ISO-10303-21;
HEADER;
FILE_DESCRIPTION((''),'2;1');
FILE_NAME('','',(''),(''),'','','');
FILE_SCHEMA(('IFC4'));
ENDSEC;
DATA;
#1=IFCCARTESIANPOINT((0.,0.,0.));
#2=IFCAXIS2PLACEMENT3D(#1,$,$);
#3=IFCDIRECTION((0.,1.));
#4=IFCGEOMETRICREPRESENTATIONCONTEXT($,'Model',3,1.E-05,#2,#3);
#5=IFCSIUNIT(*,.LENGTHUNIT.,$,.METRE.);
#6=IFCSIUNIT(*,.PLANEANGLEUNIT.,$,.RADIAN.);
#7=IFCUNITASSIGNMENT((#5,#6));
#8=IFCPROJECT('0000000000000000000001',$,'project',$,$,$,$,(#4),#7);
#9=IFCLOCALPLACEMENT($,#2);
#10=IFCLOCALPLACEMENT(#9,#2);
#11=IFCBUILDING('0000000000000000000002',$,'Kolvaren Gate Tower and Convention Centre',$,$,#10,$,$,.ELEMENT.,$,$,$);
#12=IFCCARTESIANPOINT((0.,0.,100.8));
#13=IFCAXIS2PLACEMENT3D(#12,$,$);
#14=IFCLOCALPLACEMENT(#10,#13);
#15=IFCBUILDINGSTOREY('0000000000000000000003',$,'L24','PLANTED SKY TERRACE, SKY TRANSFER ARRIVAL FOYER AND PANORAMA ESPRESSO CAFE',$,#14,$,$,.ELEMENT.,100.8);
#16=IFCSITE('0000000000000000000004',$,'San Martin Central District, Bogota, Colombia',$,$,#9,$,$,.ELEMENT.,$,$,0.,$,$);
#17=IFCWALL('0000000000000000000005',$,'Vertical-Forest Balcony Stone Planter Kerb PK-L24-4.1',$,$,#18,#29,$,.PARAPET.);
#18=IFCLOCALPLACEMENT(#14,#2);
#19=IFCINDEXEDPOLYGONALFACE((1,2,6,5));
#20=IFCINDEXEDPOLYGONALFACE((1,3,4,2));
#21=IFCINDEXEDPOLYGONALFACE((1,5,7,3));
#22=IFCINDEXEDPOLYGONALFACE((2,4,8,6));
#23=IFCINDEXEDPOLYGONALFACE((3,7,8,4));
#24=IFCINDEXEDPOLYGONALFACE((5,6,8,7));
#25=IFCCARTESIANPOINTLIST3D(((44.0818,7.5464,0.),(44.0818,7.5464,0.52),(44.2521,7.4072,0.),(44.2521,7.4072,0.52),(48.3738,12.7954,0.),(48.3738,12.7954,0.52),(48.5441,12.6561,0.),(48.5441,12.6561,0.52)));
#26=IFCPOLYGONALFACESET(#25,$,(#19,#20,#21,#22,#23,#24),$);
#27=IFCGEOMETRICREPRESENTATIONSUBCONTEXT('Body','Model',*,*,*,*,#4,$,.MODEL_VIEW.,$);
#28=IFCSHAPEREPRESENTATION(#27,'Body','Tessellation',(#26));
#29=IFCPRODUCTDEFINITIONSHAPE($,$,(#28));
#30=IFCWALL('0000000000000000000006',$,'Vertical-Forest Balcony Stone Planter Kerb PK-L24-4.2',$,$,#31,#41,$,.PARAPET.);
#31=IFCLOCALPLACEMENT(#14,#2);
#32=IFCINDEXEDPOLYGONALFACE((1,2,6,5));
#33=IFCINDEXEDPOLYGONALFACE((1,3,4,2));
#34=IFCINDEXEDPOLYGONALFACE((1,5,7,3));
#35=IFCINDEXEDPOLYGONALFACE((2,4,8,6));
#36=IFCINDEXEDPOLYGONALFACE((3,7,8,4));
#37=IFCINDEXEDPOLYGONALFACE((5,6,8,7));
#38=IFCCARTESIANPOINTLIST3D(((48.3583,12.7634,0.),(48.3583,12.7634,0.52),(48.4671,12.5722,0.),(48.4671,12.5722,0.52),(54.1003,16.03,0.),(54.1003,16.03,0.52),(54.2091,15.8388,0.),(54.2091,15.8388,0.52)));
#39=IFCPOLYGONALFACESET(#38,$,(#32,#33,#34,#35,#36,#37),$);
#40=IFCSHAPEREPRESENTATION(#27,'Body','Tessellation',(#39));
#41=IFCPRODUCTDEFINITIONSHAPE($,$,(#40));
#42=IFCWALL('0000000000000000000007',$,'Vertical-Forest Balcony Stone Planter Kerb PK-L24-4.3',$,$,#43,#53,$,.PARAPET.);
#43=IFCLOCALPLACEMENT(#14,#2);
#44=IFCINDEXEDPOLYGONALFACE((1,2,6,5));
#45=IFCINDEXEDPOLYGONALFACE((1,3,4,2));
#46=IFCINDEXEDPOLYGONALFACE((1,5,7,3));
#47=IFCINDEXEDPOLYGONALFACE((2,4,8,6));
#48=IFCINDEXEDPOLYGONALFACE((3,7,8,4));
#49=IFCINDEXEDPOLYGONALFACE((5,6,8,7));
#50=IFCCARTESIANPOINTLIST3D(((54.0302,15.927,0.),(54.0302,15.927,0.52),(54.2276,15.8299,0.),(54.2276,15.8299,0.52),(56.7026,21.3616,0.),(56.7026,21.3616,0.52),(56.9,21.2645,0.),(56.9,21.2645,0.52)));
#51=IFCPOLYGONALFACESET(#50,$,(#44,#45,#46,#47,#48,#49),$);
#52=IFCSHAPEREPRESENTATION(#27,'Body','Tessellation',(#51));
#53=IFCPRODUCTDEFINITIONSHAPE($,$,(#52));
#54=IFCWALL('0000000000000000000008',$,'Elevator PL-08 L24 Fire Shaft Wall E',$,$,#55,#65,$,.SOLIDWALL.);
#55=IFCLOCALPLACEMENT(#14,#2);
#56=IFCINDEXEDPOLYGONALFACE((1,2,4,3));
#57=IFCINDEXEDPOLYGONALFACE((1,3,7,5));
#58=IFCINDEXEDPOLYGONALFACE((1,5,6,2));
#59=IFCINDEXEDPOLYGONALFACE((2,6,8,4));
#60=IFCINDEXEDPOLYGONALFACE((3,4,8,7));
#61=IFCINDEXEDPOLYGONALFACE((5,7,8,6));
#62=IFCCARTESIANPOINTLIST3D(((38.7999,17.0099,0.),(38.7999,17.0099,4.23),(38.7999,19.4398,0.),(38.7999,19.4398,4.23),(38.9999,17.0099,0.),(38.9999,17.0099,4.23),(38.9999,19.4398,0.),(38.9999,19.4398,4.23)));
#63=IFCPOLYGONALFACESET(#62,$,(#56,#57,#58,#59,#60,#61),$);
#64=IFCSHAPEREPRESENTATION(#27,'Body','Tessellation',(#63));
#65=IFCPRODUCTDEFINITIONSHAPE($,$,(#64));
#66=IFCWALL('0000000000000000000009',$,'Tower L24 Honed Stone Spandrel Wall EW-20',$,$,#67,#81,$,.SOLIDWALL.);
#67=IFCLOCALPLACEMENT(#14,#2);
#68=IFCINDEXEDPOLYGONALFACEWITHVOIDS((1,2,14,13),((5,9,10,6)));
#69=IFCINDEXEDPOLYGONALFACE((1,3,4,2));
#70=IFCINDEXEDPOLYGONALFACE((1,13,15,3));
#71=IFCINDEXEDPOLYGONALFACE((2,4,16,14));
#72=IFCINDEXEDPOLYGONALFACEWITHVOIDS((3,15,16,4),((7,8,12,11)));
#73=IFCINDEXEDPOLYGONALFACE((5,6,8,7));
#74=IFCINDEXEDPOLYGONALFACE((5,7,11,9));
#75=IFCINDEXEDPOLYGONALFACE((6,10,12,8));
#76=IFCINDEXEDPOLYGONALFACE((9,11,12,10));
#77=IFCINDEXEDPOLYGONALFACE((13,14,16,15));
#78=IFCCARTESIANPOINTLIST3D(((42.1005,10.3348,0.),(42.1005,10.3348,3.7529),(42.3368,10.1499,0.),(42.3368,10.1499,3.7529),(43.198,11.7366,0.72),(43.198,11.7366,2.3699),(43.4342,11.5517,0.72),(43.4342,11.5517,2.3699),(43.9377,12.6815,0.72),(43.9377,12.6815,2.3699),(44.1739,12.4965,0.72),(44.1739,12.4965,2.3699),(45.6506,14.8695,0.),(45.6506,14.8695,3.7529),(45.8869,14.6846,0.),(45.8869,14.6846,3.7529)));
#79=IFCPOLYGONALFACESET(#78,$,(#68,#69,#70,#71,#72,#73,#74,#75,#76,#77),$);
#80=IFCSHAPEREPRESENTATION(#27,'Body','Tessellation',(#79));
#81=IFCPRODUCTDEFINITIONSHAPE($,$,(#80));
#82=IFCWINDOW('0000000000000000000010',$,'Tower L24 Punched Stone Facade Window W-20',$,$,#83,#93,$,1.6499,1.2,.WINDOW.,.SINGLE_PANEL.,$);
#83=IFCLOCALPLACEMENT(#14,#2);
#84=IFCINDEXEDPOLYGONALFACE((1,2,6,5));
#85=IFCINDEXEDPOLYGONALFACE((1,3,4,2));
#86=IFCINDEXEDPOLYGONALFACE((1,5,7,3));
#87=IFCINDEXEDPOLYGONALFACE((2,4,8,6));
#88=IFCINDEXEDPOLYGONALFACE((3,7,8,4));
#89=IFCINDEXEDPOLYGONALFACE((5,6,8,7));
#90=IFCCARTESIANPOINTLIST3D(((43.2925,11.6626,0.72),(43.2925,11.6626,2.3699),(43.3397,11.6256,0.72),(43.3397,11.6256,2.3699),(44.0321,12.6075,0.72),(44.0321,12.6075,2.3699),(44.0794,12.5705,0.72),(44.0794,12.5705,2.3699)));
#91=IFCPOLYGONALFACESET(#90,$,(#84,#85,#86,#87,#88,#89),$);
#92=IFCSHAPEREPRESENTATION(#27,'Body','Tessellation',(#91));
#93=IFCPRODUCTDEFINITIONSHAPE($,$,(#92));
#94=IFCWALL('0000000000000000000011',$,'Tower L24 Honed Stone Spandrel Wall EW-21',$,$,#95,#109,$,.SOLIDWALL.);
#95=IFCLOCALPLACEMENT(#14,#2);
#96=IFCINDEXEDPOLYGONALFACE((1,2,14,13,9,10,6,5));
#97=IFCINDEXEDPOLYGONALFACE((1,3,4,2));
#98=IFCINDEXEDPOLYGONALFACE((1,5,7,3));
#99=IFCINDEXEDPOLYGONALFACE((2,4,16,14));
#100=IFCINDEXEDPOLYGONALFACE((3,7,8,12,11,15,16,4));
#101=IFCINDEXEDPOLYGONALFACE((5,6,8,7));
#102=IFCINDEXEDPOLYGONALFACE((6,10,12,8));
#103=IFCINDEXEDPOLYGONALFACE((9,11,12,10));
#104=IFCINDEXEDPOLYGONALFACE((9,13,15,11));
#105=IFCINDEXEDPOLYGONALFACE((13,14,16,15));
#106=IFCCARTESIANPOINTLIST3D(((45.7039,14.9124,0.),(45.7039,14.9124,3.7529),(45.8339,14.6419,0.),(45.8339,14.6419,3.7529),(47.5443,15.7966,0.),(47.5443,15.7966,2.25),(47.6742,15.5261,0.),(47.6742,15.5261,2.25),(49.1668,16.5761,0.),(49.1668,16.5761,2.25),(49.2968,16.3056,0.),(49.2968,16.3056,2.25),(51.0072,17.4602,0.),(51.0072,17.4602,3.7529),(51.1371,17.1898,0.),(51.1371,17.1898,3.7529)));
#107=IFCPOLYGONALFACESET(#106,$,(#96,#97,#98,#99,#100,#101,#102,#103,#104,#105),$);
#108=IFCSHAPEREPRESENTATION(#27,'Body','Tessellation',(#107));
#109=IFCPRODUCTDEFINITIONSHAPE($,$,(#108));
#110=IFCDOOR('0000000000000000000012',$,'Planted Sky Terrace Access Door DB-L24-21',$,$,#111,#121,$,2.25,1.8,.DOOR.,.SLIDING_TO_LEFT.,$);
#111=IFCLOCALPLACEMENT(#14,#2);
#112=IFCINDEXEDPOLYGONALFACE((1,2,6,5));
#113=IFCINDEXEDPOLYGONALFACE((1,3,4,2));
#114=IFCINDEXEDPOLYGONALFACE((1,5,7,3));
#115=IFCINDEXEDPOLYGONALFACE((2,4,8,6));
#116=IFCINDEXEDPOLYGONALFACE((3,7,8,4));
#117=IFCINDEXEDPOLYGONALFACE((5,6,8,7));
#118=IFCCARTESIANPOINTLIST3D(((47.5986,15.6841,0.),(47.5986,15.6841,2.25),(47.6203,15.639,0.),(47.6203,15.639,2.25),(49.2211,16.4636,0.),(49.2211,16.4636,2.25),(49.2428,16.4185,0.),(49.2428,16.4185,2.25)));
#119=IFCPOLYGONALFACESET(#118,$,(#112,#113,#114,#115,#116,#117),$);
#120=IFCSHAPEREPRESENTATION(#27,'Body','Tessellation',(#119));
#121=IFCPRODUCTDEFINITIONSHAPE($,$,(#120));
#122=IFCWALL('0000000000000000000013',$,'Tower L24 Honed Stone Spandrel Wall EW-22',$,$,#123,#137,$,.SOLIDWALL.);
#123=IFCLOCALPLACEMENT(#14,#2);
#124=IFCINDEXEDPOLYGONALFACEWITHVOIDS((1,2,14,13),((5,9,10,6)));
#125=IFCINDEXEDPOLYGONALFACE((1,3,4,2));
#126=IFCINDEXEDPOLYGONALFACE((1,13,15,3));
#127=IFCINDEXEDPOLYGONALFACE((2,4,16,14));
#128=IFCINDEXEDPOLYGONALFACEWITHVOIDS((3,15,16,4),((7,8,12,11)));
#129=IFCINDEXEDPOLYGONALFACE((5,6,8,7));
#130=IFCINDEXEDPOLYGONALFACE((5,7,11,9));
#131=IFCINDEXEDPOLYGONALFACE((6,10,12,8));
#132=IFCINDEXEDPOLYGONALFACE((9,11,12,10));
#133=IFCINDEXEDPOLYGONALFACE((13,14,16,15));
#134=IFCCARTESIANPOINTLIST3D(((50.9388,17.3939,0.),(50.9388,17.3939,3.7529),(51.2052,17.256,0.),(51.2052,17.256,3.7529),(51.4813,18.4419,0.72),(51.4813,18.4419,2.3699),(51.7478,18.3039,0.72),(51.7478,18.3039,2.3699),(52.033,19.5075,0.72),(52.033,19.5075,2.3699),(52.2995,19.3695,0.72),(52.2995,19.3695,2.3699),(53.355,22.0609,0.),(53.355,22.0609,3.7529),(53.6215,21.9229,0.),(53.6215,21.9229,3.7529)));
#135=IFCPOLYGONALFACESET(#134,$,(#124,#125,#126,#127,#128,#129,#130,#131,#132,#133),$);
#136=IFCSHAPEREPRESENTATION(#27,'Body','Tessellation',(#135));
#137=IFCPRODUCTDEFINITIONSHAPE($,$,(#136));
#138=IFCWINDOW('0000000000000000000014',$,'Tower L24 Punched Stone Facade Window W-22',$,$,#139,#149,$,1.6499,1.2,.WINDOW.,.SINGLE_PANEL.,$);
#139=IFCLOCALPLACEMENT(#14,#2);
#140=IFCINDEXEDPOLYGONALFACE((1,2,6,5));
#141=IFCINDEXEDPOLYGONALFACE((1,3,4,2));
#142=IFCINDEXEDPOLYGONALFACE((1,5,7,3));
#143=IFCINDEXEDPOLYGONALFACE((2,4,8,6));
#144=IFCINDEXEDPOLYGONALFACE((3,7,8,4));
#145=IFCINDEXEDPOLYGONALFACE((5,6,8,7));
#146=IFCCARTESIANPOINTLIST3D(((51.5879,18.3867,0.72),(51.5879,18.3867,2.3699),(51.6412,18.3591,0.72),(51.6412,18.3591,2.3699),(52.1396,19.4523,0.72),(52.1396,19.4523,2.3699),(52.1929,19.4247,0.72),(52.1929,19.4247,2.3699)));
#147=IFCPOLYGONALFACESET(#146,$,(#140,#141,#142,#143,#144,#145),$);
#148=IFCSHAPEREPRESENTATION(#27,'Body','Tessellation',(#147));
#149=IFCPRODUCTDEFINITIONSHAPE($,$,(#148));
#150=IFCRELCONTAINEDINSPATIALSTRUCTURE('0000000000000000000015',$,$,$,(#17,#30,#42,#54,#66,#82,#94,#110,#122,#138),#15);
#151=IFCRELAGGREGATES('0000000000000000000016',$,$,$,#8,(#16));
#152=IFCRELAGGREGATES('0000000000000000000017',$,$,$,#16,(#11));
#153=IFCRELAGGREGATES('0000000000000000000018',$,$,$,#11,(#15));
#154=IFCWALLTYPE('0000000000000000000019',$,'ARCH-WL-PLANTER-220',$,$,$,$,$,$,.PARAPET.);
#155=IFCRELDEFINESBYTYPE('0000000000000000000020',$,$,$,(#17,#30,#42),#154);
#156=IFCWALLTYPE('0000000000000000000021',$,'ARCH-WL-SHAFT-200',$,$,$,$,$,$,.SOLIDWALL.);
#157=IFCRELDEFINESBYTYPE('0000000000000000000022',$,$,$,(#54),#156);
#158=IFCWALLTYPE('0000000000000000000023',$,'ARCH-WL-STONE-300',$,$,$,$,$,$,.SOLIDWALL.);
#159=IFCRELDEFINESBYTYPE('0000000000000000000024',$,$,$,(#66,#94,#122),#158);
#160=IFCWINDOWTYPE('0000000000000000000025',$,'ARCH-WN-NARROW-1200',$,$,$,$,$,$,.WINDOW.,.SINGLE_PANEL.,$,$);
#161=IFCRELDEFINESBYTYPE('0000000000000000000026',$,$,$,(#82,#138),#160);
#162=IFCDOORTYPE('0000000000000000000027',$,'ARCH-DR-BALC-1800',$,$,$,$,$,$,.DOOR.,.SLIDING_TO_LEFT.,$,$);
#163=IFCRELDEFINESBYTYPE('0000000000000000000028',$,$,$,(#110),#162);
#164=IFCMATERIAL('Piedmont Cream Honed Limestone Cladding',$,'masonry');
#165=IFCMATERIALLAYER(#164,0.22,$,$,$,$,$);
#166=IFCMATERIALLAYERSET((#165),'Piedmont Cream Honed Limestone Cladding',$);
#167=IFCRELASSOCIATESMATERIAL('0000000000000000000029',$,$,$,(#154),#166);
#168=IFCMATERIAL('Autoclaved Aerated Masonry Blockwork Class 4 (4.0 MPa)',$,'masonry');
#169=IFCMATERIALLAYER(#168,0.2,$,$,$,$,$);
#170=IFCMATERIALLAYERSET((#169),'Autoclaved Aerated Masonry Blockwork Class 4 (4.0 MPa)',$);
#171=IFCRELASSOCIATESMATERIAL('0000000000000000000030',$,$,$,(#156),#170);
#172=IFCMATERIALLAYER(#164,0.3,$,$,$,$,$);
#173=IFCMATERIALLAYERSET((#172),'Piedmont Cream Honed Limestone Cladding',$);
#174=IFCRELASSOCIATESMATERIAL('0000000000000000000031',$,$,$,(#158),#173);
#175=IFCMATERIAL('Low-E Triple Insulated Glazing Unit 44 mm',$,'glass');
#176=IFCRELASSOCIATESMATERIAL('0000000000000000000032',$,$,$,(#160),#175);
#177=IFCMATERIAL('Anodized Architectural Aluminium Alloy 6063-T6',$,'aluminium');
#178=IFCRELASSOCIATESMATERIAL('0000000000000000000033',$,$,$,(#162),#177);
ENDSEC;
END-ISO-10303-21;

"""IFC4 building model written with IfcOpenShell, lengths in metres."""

from ifc_helpers import new_model, si_unit, direction, frame, frame_2d, origin, place, context, subcontext, project, spatial, rectangle, extrude, material, layer, layer_set, type_object, element, fill, save


model = new_model("IFC4")

# Units and contexts
model_context = context("Model", 3, precision=1e-05, world=origin(), true_north=direction((0.0, 1.0)))
body_context = subcontext(model_context, "Body", "Model", "MODEL_VIEW")
ifc_project = project(units=[si_unit("LENGTHUNIT", "METRE"), si_unit("PLANEANGLEUNIT", "RADIAN")], contexts=[model_context])

# Site, building, storey
site_placement = place(None, origin())
site = spatial("IfcSite", under=ifc_project, at=site_placement, Name="San Martin Central District, Bogota, Colombia", CompositionType="ELEMENT", RefElevation=0.0)
building_placement = place(site_placement, origin())
building = spatial("IfcBuilding", under=site, at=building_placement, Name="Kolvaren Gate Tower and Convention Centre", CompositionType="ELEMENT")
storey_placement = place(building_placement, frame((0.0, 0.0, 100.8)))
storey = spatial("IfcBuildingStorey", under=building, at=storey_placement, Name="L24", Description="PLANTED SKY TERRACE, SKY TRANSFER ARRIVAL FOYER AND PANORAMA ESPRESSO CAFE", CompositionType="ELEMENT", Elevation=100.8)

# Shared definitions
ifc_material_1 = material(Name="Anodized Architectural Aluminium Alloy 6063-T6", Category="aluminium")

# Shared definitions
ifc_material_2 = material(Name="Low-E Triple Insulated Glazing Unit 44 mm", Category="glass")

# Walls
ifc_material_3 = material(Name="Piedmont Cream Honed Limestone Cladding", Category="masonry")
ifc_layer_1 = layer(ifc_material_3, 0.22)
ifc_layer_set_1 = layer_set([ifc_layer_1], Name="Piedmont Cream Honed Limestone Cladding")
wall_type_1 = type_object("IfcWallType", Name="ARCH-WL-PLANTER-220", PredefinedType="PARAPET", material=ifc_layer_set_1)
wall_1_placement = place(storey_placement, frame((44.167, 7.4768, 0.0), z_axis=(0.0, 0.0, 1.0), x_axis=(0.633002, 0.77415, 0.0)))
element("IfcWall", 1, at=wall_1_placement, inside=storey, type_object=wall_type_1, Name="Vertical-Forest Balcony Stone Planter Kerb PK-L24-4.1", PredefinedType="PARAPET", context=body_context, shape_type="SweptSolid", body=[
    extrude(rectangle(XDim=6.7803, YDim=0.22, at=frame_2d((3.3901, 0.0))), origin(), (0.0, 0.0, 1.0), 0.52),
])
wall_2_placement = place(storey_placement, frame((48.4126, 12.6677, 0.0), z_axis=(0.0, 0.0, 1.0), x_axis=(0.869188, 0.494482, 0.0)))
element("IfcWall", 2, at=wall_2_placement, inside=storey, type_object=wall_type_1, Name="Vertical-Forest Balcony Stone Planter Kerb PK-L24-4.2", PredefinedType="PARAPET", context=body_context, shape_type="SweptSolid", body=[
    extrude(rectangle(XDim=6.6062, YDim=0.22, at=frame_2d((3.3032, 0.0))), origin(), (0.0, 0.0, 1.0), 0.52),
])
wall_3_placement = place(storey_placement, frame((54.1289, 15.8784, 0.0), z_axis=(0.0, 0.0, 1.0), x_axis=(0.44127, 0.897375, 0.0)))
element("IfcWall", 3, at=wall_3_placement, inside=storey, type_object=wall_type_1, Name="Vertical-Forest Balcony Stone Planter Kerb PK-L24-4.3", PredefinedType="PARAPET", context=body_context, shape_type="SweptSolid", body=[
    extrude(rectangle(XDim=6.0562, YDim=0.22, at=frame_2d((3.0281, 0.0))), origin(), (0.0, 0.0, 1.0), 0.52),
])
ifc_material_4 = material(Name="Autoclaved Aerated Masonry Blockwork Class 4 (4.0 MPa)", Category="masonry")
ifc_layer_2 = layer(ifc_material_4, 0.2)
ifc_layer_set_2 = layer_set([ifc_layer_2], Name="Autoclaved Aerated Masonry Blockwork Class 4 (4.0 MPa)")
wall_type_2 = type_object("IfcWallType", Name="ARCH-WL-SHAFT-200", PredefinedType="SOLIDWALL", material=ifc_layer_set_2)
wall_4_placement = place(storey_placement, frame((38.8999, 17.01, 0.0), z_axis=(0.0, 0.0, 1.0), x_axis=(0.0, 1.0, 0.0)))
element("IfcWall", 4, at=wall_4_placement, inside=storey, type_object=wall_type_2, Name="Elevator PL-08 L24 Fire Shaft Wall E", PredefinedType="SOLIDWALL", context=body_context, shape_type="SweptSolid", body=[
    extrude(rectangle(XDim=2.4299, YDim=0.2, at=frame_2d((1.2148, 0.0))), origin(), (0.0, 0.0, 1.0), 4.23),
])

# Wall, opening, window
ifc_layer_3 = layer(ifc_material_3, 0.3)
ifc_layer_set_3 = layer_set([ifc_layer_3], Name="Piedmont Cream Honed Limestone Cladding")
wall_type_3 = type_object("IfcWallType", Name="ARCH-WL-STONE-300", PredefinedType="SOLIDWALL", material=ifc_layer_set_3)
wall_5_placement = place(storey_placement, frame((42.2188, 10.2424, 0.0), z_axis=(0.0, 0.0, 1.0), x_axis=(0.616435, 0.787406, 0.0)))
wall_5 = element("IfcWall", 5, at=wall_5_placement, inside=storey, type_object=wall_type_3, Name="Tower L24 Honed Stone Spandrel Wall EW-20", PredefinedType="SOLIDWALL", context=body_context, shape_type="SweptSolid", body=[
    extrude(rectangle(XDim=5.759, YDim=0.3, at=frame_2d((2.8794, 0.0))), origin(), (0.0, 0.0, 1.0), 3.7529),
])
opening_1_placement = place(wall_5_placement, frame((1.78, 0.0, 0.72)))
opening_1 = element("IfcOpeningElement", 6, at=opening_1_placement, cuts=wall_5, PredefinedType="OPENING", context=body_context, shape_type="SweptSolid", body=[
    extrude(rectangle(XDim=1.2, YDim=1.6499, at=frame_2d((0.6001, 0.825))), frame((0.0, 0.1599, 0.0), z_axis=(0.0, -1.0, 0.0), x_axis=(1.0, 0.0, 0.0)), (0.0, 0.0, 1.0), 0.3201),
])
window_type = type_object("IfcWindowType", Name="ARCH-WN-NARROW-1200", PartitioningType="SINGLE_PANEL", PredefinedType="WINDOW", material=ifc_material_2)
window_1_placement = place(opening_1_placement, origin())
window_1 = element("IfcWindow", 7, at=window_1_placement, inside=storey, type_object=window_type, Name="Tower L24 Punched Stone Facade Window W-20", OverallHeight=1.6499, OverallWidth=1.2, PartitioningType="SINGLE_PANEL", PredefinedType="WINDOW", context=body_context, shape_type="SweptSolid", body=[
    extrude(rectangle(XDim=1.2, YDim=1.6499, at=frame_2d((0.6001, 0.825))), frame((0.0, 0.03, 0.0), z_axis=(0.0, -1.0, 0.0), x_axis=(1.0, 0.0, 0.0)), (0.0, 0.0, 1.0), 0.0601),
])
fill(opening_1, window_1)

# Wall, opening, door
wall_6_placement = place(storey_placement, frame((45.7688, 14.7771, 0.0), z_axis=(0.0, 0.0, 1.0), x_axis=(0.90137, 0.433049, 0.0)))
wall_6 = element("IfcWall", 8, at=wall_6_placement, inside=storey, type_object=wall_type_3, Name="Tower L24 Honed Stone Spandrel Wall EW-21", PredefinedType="SOLIDWALL", context=body_context, shape_type="SweptSolid", body=[
    extrude(rectangle(XDim=5.8835, YDim=0.3, at=frame_2d((2.9419, 0.0))), origin(), (0.0, 0.0, 1.0), 3.7529),
])
opening_2_placement = place(wall_6_placement, frame((2.042, 0.0, 0.0)))
opening_2 = element("IfcOpeningElement", 9, at=opening_2_placement, cuts=wall_6, PredefinedType="OPENING", context=body_context, shape_type="SweptSolid", body=[
    extrude(rectangle(XDim=1.8, YDim=2.25, at=frame_2d((0.8999, 1.125))), frame((0.0, 0.1599, 0.0), z_axis=(0.0, -1.0, 0.0), x_axis=(1.0, 0.0, 0.0)), (0.0, 0.0, 1.0), 0.3201),
])
door_type = type_object("IfcDoorType", Name="ARCH-DR-BALC-1800", OperationType="SLIDING_TO_LEFT", PredefinedType="DOOR", material=ifc_material_1)
door_placement = place(opening_2_placement, frame((1.8, 0.0, 0.0), z_axis=(0.0, 0.0, 1.0), x_axis=(-1.0, 0.0, 0.0)))
door = element("IfcDoor", 10, at=door_placement, inside=storey, type_object=door_type, Name="Planted Sky Terrace Access Door DB-L24-21", OperationType="SLIDING_TO_LEFT", OverallHeight=2.25, OverallWidth=1.8, PredefinedType="DOOR", context=body_context, shape_type="SweptSolid", body=[
    extrude(rectangle(XDim=1.8, YDim=2.25, at=frame_2d((0.8999, 1.125))), frame((0.0, 0.0249, 0.0), z_axis=(0.0, -1.0, 0.0), x_axis=(1.0, 0.0, 0.0)), (0.0, 0.0, 1.0), 0.05),
])
fill(opening_2, door)

# Wall, opening, window
wall_7_placement = place(storey_placement, frame((51.072, 17.325, 0.0), z_axis=(0.0, 0.0, 1.0), x_axis=(0.459768, 0.888039, 0.0)))
wall_7 = element("IfcWall", 11, at=wall_7_placement, inside=storey, type_object=wall_type_3, Name="Tower L24 Honed Stone Spandrel Wall EW-22", PredefinedType="SOLIDWALL", context=body_context, shape_type="SweptSolid", body=[
    extrude(rectangle(XDim=5.2554, YDim=0.3, at=frame_2d((2.6277, 0.0))), origin(), (0.0, 0.0, 1.0), 3.7529),
])
opening_3_placement = place(wall_7_placement, frame((1.1799, 0.0, 0.72)))
opening_3 = element("IfcOpeningElement", 12, at=opening_3_placement, cuts=wall_7, PredefinedType="OPENING", context=body_context, shape_type="SweptSolid", body=[
    extrude(rectangle(XDim=1.2, YDim=1.6499, at=frame_2d((0.6001, 0.825))), frame((0.0, 0.1599, 0.0), z_axis=(0.0, -1.0, 0.0), x_axis=(1.0, 0.0, 0.0)), (0.0, 0.0, 1.0), 0.3201),
])
window_2_placement = place(opening_3_placement, origin())
window_2 = element("IfcWindow", 13, at=window_2_placement, inside=storey, type_object=window_type, Name="Tower L24 Punched Stone Facade Window W-22", OverallHeight=1.6499, OverallWidth=1.2, PartitioningType="SINGLE_PANEL", PredefinedType="WINDOW", context=body_context, shape_type="SweptSolid", body=[
    extrude(rectangle(XDim=1.2, YDim=1.6499, at=frame_2d((0.6001, 0.825))), frame((0.0, 0.03, 0.0), z_axis=(0.0, -1.0, 0.0), x_axis=(1.0, 0.0, 0.0)), (0.0, 0.0, 1.0), 0.0601),
])
fill(opening_3, window_2)

save(model, "model.ifc")
